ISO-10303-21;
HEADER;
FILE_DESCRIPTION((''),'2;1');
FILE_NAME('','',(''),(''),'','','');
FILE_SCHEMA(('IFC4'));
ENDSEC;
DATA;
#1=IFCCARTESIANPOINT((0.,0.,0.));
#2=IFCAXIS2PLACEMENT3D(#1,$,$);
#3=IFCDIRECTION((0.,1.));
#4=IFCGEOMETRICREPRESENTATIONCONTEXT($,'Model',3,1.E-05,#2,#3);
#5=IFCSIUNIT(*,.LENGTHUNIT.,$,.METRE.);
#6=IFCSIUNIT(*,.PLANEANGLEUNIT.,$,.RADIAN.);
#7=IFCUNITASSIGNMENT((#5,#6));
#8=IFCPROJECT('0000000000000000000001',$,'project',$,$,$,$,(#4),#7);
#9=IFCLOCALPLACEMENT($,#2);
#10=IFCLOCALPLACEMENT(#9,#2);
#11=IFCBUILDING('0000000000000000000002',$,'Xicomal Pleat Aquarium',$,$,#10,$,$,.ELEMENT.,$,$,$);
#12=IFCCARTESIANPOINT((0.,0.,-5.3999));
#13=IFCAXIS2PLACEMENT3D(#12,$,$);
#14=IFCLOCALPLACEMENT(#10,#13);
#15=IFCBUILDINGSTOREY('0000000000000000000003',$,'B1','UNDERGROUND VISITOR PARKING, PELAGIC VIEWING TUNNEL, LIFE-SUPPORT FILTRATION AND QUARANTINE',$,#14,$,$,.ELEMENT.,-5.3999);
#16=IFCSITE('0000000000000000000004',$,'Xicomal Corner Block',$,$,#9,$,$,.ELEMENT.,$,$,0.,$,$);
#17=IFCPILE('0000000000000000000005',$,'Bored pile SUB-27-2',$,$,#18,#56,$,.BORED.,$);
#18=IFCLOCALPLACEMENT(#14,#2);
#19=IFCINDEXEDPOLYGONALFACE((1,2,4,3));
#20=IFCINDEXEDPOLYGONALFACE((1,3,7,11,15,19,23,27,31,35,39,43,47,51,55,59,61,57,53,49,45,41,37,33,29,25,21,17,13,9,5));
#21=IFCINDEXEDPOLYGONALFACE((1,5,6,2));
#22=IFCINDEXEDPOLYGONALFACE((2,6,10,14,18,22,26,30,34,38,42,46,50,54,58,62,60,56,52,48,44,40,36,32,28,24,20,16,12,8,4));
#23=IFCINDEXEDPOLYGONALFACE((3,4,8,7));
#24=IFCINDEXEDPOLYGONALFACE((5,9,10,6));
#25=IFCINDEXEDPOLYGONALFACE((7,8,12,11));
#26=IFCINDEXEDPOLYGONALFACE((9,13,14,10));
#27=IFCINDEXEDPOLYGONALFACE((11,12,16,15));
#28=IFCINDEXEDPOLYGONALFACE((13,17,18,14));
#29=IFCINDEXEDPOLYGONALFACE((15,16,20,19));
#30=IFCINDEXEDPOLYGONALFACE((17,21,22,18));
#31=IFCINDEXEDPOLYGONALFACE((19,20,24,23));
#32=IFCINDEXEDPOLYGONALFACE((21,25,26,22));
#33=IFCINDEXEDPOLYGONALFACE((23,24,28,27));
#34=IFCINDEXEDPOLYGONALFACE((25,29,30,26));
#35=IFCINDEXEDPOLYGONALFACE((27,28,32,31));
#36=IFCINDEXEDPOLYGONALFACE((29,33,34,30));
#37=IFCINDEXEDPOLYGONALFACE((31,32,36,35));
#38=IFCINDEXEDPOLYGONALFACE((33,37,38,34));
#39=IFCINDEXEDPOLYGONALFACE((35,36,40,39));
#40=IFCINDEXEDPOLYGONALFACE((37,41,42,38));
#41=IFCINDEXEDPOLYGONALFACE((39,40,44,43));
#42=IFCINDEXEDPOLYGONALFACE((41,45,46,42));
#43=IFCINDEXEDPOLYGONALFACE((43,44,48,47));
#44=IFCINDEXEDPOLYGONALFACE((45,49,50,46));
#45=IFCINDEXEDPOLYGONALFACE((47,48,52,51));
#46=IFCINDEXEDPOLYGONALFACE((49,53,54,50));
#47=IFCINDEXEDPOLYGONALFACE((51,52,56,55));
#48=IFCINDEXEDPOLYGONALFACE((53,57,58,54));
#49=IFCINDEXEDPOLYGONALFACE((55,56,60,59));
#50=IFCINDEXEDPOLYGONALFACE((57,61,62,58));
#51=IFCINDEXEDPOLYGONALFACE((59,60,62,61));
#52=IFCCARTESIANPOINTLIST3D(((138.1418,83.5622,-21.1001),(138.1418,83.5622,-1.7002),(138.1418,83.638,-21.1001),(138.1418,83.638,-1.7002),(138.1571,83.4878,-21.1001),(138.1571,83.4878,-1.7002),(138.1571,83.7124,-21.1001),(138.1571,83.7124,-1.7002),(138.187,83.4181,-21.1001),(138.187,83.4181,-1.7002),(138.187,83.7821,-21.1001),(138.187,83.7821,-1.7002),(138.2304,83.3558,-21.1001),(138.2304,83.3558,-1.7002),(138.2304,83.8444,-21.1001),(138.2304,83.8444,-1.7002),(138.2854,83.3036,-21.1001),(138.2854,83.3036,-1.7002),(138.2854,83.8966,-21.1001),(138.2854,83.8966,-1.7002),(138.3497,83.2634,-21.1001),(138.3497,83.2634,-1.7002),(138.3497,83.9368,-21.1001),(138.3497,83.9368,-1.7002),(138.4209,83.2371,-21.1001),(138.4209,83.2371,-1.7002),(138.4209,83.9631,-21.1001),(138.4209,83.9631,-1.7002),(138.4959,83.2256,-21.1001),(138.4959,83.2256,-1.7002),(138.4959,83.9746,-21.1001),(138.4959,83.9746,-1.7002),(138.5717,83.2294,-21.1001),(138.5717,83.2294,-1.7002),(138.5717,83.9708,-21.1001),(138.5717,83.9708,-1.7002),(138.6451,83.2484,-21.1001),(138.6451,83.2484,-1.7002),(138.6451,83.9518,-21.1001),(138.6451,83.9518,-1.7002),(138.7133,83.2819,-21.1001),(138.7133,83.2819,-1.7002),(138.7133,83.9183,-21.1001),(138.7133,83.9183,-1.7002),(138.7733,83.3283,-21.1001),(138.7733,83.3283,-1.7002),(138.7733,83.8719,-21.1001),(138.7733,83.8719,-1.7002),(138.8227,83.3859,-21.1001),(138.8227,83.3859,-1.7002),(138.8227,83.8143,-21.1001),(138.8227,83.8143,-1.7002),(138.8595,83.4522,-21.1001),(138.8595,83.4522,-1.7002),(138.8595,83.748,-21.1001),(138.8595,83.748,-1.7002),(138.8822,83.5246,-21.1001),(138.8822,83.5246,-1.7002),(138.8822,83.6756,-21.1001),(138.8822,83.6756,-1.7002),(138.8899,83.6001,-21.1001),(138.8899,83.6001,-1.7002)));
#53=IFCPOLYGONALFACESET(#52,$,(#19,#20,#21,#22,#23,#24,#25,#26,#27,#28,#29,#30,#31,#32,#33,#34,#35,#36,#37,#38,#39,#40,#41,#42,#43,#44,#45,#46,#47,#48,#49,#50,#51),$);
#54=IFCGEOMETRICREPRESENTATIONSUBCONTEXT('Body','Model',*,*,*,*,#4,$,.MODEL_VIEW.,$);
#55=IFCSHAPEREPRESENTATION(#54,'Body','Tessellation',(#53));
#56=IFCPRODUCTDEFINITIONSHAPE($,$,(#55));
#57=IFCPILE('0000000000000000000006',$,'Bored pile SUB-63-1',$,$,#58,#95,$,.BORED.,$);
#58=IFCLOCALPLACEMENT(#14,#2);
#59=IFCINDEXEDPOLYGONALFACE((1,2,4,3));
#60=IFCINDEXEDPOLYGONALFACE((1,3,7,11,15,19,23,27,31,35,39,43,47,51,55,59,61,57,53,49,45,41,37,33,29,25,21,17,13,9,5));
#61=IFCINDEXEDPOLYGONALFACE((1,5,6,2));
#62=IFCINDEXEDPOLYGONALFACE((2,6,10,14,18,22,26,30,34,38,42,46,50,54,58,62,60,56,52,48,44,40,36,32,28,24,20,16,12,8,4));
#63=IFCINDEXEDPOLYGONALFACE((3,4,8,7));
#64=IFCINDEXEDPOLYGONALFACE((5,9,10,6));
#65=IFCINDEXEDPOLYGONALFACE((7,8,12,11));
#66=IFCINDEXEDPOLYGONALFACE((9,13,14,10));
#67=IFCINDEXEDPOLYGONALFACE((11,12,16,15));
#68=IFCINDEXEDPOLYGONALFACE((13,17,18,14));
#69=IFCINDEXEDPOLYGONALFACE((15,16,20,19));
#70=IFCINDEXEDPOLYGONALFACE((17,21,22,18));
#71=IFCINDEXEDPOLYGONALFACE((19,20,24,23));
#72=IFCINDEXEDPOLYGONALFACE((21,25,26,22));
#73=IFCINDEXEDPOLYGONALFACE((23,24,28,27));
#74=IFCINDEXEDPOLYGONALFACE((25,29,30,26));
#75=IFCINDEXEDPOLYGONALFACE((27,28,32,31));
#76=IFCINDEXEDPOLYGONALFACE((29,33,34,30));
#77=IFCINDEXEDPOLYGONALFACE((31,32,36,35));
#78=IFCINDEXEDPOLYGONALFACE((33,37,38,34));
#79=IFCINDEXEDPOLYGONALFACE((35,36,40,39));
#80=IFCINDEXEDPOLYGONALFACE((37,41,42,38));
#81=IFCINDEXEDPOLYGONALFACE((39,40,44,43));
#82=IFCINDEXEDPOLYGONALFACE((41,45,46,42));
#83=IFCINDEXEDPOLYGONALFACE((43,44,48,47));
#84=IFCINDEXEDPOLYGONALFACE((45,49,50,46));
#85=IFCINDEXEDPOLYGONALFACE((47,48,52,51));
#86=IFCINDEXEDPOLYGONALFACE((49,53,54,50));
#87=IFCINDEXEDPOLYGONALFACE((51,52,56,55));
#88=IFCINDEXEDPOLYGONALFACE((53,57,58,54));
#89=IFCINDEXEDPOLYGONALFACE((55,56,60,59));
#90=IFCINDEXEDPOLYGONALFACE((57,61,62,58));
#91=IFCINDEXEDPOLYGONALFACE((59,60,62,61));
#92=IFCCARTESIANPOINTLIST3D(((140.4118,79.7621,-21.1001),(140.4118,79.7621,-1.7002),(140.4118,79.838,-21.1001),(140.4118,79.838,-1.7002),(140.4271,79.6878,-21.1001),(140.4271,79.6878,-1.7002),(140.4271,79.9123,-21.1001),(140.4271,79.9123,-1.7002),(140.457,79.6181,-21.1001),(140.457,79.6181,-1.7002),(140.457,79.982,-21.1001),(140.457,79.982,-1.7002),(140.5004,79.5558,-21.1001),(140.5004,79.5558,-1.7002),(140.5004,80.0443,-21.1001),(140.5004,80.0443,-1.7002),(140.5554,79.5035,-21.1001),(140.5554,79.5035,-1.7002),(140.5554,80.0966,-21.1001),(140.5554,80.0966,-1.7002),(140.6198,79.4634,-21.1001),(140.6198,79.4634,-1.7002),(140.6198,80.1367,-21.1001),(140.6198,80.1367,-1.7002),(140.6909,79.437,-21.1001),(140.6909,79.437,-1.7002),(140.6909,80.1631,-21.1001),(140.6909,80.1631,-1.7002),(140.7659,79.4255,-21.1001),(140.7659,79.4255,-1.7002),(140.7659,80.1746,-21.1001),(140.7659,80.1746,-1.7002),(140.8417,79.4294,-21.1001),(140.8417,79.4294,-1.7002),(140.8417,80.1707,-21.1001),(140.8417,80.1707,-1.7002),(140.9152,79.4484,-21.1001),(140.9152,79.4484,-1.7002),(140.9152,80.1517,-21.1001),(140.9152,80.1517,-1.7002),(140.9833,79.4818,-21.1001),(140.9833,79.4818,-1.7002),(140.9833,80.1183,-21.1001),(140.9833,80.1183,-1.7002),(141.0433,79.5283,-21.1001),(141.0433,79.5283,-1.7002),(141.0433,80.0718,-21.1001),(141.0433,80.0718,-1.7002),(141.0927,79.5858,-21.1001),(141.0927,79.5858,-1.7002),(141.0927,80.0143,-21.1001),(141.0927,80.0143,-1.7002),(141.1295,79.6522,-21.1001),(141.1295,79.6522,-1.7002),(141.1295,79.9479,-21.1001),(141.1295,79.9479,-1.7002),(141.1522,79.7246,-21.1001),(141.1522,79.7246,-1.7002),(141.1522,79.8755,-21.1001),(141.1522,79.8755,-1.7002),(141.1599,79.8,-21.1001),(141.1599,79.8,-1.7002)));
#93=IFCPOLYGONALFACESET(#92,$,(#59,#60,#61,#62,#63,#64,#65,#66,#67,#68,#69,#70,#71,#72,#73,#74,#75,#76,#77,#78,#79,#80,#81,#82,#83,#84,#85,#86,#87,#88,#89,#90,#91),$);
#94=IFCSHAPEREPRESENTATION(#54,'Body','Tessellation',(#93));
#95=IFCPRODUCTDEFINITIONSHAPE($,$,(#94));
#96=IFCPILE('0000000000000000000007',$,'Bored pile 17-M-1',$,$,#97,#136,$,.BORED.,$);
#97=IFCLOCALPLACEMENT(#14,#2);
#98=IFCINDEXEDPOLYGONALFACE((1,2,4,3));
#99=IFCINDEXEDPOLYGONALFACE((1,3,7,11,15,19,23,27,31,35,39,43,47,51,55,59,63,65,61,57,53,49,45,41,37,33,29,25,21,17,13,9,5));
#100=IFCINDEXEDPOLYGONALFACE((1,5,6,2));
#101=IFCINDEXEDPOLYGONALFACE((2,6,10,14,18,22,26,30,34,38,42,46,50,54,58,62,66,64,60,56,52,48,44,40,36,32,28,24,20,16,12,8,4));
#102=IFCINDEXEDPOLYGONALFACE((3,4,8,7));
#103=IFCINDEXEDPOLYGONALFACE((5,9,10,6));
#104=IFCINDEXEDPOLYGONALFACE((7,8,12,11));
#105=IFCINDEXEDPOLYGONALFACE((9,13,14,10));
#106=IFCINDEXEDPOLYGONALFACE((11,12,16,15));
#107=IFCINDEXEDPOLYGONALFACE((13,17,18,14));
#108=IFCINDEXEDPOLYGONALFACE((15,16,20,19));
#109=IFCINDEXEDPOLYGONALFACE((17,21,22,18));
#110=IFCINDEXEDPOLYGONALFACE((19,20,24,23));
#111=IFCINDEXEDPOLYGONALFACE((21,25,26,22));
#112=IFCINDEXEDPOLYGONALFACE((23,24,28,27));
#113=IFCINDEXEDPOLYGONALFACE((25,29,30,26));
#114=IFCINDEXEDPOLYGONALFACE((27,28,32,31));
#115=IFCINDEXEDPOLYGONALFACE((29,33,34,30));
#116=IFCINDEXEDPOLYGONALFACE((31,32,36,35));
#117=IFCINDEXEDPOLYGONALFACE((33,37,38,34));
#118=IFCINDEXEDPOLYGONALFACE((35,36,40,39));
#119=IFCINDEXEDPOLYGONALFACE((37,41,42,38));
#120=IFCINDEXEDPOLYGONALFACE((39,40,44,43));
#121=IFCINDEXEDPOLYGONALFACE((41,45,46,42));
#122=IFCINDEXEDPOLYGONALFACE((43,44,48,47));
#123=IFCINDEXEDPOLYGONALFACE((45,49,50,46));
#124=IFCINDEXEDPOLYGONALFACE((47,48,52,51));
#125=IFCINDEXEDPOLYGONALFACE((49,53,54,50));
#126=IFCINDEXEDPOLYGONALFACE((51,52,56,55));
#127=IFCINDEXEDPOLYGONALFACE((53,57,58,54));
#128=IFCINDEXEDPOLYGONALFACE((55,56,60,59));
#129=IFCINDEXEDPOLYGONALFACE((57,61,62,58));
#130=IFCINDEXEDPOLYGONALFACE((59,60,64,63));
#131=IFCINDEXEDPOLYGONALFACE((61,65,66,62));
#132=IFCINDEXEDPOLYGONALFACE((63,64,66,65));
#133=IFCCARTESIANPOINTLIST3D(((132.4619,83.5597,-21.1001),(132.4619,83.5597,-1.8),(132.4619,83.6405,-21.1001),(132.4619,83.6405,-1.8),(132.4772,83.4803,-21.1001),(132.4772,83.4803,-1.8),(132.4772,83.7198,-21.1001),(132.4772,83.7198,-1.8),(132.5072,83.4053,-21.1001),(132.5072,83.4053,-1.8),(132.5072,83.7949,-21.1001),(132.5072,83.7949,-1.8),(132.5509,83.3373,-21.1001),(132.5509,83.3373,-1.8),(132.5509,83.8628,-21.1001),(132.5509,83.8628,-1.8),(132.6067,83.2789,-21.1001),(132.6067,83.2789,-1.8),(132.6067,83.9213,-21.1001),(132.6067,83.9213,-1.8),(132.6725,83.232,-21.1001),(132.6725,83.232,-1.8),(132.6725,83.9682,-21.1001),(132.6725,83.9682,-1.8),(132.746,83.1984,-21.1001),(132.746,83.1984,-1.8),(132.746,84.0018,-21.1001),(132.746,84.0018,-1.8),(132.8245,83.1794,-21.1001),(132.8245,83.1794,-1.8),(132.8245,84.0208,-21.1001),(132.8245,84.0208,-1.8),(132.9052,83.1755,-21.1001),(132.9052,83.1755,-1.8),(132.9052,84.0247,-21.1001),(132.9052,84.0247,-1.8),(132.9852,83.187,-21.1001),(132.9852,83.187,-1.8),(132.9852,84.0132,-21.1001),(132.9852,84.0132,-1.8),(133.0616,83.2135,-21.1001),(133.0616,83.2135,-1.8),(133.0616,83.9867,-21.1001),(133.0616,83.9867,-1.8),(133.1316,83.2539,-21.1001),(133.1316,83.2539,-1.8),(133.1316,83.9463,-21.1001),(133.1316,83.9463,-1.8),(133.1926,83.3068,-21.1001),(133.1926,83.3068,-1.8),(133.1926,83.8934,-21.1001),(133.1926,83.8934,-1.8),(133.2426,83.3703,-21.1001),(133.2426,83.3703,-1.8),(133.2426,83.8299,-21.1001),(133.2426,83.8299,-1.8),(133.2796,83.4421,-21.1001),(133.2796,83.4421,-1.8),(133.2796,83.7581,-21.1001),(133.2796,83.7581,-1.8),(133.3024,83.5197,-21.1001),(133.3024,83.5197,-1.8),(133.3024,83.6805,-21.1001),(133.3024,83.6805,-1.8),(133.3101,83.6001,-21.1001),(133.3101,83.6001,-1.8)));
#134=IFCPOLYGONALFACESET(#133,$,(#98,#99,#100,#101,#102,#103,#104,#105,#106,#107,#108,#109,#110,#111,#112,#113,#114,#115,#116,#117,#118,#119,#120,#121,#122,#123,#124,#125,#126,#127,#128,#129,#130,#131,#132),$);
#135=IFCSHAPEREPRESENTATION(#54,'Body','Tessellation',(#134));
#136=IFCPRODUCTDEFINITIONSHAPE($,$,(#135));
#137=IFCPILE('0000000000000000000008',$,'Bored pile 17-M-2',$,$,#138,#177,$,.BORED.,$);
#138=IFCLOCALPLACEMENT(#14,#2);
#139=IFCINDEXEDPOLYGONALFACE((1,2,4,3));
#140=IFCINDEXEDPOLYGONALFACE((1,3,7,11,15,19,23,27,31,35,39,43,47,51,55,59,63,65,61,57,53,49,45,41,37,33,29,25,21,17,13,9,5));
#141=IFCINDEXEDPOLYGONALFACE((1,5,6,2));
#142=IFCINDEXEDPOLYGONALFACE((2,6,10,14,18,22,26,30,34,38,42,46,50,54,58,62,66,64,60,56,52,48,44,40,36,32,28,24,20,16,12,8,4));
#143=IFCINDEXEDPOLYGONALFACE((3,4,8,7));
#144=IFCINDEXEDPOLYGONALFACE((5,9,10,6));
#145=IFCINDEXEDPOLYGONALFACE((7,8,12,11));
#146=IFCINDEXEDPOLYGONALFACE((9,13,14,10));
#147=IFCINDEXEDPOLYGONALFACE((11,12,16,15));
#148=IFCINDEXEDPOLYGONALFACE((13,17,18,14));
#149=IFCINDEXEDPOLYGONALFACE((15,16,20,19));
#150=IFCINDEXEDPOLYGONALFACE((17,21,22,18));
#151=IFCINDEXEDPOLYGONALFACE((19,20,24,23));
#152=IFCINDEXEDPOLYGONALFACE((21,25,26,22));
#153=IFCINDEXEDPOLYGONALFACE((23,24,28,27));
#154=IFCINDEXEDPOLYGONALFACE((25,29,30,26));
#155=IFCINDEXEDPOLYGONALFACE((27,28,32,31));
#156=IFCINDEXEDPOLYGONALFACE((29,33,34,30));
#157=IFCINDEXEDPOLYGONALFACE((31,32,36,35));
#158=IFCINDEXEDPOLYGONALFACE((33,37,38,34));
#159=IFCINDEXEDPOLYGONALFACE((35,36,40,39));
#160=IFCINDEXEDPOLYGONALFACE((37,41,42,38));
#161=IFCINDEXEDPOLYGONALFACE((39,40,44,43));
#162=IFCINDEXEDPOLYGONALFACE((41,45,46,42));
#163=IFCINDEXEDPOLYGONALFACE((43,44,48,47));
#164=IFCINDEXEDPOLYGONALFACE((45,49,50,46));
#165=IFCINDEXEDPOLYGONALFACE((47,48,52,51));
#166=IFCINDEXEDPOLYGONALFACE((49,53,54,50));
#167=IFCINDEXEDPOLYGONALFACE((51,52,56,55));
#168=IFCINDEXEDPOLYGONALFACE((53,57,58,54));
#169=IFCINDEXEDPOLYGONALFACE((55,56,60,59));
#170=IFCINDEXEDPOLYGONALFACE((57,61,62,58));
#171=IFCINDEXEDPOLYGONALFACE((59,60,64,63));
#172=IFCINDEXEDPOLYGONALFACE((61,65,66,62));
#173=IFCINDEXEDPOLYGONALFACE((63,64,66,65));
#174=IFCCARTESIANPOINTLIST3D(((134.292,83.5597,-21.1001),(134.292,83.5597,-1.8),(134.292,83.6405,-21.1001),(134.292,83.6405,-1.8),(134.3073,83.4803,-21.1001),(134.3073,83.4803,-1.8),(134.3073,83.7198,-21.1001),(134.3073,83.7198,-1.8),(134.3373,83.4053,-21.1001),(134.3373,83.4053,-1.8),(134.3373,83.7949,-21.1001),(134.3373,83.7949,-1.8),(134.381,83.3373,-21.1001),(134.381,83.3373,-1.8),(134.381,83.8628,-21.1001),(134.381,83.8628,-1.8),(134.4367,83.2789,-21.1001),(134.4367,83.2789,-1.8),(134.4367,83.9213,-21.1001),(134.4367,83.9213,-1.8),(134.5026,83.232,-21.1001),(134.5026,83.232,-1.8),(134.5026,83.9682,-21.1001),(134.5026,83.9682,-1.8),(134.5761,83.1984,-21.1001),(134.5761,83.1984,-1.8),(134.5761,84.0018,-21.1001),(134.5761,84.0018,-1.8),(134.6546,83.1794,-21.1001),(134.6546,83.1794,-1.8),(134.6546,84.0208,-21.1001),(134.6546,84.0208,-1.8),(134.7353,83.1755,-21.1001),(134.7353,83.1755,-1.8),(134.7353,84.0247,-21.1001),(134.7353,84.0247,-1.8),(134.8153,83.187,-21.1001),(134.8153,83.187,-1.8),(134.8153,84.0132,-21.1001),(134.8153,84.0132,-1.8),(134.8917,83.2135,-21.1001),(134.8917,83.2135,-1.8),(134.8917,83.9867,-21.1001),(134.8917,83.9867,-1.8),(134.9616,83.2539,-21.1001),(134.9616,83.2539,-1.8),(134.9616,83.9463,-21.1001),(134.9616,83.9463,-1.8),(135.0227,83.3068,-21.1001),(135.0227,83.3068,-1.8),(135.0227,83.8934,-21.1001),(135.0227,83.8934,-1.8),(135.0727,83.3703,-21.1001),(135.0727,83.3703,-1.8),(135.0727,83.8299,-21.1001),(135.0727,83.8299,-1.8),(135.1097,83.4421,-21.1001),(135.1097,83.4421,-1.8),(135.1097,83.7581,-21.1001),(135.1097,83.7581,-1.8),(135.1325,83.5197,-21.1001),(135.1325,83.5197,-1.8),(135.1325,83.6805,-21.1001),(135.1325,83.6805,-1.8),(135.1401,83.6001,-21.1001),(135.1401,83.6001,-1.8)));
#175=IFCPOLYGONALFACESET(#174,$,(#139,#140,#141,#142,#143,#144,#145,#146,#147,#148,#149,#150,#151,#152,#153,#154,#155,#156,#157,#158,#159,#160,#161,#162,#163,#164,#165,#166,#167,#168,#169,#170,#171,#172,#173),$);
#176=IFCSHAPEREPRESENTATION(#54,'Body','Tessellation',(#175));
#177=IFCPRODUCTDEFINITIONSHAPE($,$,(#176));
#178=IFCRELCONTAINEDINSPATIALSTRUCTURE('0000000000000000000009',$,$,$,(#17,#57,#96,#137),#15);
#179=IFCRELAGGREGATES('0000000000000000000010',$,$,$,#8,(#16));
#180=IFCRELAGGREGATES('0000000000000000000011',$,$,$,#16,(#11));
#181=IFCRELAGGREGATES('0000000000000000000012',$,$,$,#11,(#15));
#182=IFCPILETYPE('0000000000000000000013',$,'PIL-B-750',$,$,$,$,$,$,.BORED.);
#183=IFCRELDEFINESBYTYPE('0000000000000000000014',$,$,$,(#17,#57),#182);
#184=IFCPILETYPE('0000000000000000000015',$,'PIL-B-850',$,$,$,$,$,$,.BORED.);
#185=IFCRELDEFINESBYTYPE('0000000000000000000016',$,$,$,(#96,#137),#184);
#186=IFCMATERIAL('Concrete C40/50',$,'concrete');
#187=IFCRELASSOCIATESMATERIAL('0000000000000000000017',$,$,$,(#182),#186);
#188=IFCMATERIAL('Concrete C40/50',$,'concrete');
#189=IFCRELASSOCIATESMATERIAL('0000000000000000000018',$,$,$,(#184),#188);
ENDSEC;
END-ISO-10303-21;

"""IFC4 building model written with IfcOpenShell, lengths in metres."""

from ifc_helpers import new_model, si_unit, direction, frame, origin, origin_2d, place, context, subcontext, project, spatial, circle, extrude, material, material_profile, profile_set, type_object, element, save


model = new_model("IFC4")

# Units and contexts
model_context = context("Model", 3, precision=1e-05, world=origin(), true_north=direction((0.0, 1.0)))
body_context = subcontext(model_context, "Body", "Model", "MODEL_VIEW")
ifc_project = project(units=[si_unit("LENGTHUNIT", "METRE"), si_unit("PLANEANGLEUNIT", "RADIAN")], contexts=[model_context])

# Site, building, storey
site_placement = place(None, origin())
site = spatial("IfcSite", under=ifc_project, at=site_placement, Name="Xicomal Corner Block", CompositionType="ELEMENT", RefElevation=0.0)
building_placement = place(site_placement, origin())
building = spatial("IfcBuilding", under=site, at=building_placement, Name="Xicomal Pleat Aquarium", CompositionType="ELEMENT")
storey_placement = place(building_placement, frame((0.0, 0.0, -5.3999)))
storey = spatial("IfcBuildingStorey", under=building, at=storey_placement, Name="B1", Description="UNDERGROUND VISITOR PARKING, PELAGIC VIEWING TUNNEL, LIFE-SUPPORT FILTRATION AND QUARANTINE", CompositionType="ELEMENT", Elevation=-5.3999)

# Piles
ifc_material_1 = material(Name="Concrete C40/50", Category="concrete")
ifc_material_profile_1 = material_profile(ifc_material_1, circle(Radius=0.375, at=origin_2d()), Name="BORED PILE D750")
ifc_profile_set_1 = profile_set([ifc_material_profile_1], Name="Concrete C40/50")
pile_type_1 = type_object("IfcPileType", Name="PIL-B-750", PredefinedType="BORED", material=ifc_profile_set_1)
for number, where, z_axis, x_axis, name in (
    (1, (138.5149, 83.6001, -1.7002), (0.0, 0.0, -1.0), (1.0, 0.0, 0.0), "Bored pile SUB-27-2"),
    (2, (140.7849, 79.8, -1.7002), (0.0, 0.0, -1.0), (1.0, 0.0, 0.0), "Bored pile SUB-63-1"),
):
    element("IfcPile", number, at=place(storey_placement, frame(where, z_axis=z_axis, x_axis=x_axis)), inside=storey, type_object=pile_type_1, Name=name, PredefinedType="BORED", context=body_context, shape_type="SweptSolid", body=[
        extrude(circle(Radius=0.375, at=origin_2d()), origin(), (0.0, 0.0, 1.0), 19.3999),
    ])
ifc_material_2 = material(Name="Concrete C40/50", Category="concrete")
ifc_material_profile_2 = material_profile(ifc_material_2, circle(Radius=0.425, at=origin_2d()), Name="BORED PILE D850")
ifc_profile_set_2 = profile_set([ifc_material_profile_2], Name="Concrete C40/50")
pile_type_2 = type_object("IfcPileType", Name="PIL-B-850", PredefinedType="BORED", material=ifc_profile_set_2)
for number, where, z_axis, x_axis, name in (
    (3, (132.885, 83.6001, -1.8), (0.0, 0.0, -1.0), (1.0, 0.0, 0.0), "Bored pile 17-M-1"),
    (4, (134.7151, 83.6001, -1.8), (0.0, 0.0, -1.0), (1.0, 0.0, 0.0), "Bored pile 17-M-2"),
):
    element("IfcPile", number, at=place(storey_placement, frame(where, z_axis=z_axis, x_axis=x_axis)), inside=storey, type_object=pile_type_2, Name=name, PredefinedType="BORED", context=body_context, shape_type="SweptSolid", body=[
        extrude(circle(Radius=0.425, at=origin_2d()), origin(), (0.0, 0.0, 1.0), 19.3),
    ])

save(model, "model.ifc")
